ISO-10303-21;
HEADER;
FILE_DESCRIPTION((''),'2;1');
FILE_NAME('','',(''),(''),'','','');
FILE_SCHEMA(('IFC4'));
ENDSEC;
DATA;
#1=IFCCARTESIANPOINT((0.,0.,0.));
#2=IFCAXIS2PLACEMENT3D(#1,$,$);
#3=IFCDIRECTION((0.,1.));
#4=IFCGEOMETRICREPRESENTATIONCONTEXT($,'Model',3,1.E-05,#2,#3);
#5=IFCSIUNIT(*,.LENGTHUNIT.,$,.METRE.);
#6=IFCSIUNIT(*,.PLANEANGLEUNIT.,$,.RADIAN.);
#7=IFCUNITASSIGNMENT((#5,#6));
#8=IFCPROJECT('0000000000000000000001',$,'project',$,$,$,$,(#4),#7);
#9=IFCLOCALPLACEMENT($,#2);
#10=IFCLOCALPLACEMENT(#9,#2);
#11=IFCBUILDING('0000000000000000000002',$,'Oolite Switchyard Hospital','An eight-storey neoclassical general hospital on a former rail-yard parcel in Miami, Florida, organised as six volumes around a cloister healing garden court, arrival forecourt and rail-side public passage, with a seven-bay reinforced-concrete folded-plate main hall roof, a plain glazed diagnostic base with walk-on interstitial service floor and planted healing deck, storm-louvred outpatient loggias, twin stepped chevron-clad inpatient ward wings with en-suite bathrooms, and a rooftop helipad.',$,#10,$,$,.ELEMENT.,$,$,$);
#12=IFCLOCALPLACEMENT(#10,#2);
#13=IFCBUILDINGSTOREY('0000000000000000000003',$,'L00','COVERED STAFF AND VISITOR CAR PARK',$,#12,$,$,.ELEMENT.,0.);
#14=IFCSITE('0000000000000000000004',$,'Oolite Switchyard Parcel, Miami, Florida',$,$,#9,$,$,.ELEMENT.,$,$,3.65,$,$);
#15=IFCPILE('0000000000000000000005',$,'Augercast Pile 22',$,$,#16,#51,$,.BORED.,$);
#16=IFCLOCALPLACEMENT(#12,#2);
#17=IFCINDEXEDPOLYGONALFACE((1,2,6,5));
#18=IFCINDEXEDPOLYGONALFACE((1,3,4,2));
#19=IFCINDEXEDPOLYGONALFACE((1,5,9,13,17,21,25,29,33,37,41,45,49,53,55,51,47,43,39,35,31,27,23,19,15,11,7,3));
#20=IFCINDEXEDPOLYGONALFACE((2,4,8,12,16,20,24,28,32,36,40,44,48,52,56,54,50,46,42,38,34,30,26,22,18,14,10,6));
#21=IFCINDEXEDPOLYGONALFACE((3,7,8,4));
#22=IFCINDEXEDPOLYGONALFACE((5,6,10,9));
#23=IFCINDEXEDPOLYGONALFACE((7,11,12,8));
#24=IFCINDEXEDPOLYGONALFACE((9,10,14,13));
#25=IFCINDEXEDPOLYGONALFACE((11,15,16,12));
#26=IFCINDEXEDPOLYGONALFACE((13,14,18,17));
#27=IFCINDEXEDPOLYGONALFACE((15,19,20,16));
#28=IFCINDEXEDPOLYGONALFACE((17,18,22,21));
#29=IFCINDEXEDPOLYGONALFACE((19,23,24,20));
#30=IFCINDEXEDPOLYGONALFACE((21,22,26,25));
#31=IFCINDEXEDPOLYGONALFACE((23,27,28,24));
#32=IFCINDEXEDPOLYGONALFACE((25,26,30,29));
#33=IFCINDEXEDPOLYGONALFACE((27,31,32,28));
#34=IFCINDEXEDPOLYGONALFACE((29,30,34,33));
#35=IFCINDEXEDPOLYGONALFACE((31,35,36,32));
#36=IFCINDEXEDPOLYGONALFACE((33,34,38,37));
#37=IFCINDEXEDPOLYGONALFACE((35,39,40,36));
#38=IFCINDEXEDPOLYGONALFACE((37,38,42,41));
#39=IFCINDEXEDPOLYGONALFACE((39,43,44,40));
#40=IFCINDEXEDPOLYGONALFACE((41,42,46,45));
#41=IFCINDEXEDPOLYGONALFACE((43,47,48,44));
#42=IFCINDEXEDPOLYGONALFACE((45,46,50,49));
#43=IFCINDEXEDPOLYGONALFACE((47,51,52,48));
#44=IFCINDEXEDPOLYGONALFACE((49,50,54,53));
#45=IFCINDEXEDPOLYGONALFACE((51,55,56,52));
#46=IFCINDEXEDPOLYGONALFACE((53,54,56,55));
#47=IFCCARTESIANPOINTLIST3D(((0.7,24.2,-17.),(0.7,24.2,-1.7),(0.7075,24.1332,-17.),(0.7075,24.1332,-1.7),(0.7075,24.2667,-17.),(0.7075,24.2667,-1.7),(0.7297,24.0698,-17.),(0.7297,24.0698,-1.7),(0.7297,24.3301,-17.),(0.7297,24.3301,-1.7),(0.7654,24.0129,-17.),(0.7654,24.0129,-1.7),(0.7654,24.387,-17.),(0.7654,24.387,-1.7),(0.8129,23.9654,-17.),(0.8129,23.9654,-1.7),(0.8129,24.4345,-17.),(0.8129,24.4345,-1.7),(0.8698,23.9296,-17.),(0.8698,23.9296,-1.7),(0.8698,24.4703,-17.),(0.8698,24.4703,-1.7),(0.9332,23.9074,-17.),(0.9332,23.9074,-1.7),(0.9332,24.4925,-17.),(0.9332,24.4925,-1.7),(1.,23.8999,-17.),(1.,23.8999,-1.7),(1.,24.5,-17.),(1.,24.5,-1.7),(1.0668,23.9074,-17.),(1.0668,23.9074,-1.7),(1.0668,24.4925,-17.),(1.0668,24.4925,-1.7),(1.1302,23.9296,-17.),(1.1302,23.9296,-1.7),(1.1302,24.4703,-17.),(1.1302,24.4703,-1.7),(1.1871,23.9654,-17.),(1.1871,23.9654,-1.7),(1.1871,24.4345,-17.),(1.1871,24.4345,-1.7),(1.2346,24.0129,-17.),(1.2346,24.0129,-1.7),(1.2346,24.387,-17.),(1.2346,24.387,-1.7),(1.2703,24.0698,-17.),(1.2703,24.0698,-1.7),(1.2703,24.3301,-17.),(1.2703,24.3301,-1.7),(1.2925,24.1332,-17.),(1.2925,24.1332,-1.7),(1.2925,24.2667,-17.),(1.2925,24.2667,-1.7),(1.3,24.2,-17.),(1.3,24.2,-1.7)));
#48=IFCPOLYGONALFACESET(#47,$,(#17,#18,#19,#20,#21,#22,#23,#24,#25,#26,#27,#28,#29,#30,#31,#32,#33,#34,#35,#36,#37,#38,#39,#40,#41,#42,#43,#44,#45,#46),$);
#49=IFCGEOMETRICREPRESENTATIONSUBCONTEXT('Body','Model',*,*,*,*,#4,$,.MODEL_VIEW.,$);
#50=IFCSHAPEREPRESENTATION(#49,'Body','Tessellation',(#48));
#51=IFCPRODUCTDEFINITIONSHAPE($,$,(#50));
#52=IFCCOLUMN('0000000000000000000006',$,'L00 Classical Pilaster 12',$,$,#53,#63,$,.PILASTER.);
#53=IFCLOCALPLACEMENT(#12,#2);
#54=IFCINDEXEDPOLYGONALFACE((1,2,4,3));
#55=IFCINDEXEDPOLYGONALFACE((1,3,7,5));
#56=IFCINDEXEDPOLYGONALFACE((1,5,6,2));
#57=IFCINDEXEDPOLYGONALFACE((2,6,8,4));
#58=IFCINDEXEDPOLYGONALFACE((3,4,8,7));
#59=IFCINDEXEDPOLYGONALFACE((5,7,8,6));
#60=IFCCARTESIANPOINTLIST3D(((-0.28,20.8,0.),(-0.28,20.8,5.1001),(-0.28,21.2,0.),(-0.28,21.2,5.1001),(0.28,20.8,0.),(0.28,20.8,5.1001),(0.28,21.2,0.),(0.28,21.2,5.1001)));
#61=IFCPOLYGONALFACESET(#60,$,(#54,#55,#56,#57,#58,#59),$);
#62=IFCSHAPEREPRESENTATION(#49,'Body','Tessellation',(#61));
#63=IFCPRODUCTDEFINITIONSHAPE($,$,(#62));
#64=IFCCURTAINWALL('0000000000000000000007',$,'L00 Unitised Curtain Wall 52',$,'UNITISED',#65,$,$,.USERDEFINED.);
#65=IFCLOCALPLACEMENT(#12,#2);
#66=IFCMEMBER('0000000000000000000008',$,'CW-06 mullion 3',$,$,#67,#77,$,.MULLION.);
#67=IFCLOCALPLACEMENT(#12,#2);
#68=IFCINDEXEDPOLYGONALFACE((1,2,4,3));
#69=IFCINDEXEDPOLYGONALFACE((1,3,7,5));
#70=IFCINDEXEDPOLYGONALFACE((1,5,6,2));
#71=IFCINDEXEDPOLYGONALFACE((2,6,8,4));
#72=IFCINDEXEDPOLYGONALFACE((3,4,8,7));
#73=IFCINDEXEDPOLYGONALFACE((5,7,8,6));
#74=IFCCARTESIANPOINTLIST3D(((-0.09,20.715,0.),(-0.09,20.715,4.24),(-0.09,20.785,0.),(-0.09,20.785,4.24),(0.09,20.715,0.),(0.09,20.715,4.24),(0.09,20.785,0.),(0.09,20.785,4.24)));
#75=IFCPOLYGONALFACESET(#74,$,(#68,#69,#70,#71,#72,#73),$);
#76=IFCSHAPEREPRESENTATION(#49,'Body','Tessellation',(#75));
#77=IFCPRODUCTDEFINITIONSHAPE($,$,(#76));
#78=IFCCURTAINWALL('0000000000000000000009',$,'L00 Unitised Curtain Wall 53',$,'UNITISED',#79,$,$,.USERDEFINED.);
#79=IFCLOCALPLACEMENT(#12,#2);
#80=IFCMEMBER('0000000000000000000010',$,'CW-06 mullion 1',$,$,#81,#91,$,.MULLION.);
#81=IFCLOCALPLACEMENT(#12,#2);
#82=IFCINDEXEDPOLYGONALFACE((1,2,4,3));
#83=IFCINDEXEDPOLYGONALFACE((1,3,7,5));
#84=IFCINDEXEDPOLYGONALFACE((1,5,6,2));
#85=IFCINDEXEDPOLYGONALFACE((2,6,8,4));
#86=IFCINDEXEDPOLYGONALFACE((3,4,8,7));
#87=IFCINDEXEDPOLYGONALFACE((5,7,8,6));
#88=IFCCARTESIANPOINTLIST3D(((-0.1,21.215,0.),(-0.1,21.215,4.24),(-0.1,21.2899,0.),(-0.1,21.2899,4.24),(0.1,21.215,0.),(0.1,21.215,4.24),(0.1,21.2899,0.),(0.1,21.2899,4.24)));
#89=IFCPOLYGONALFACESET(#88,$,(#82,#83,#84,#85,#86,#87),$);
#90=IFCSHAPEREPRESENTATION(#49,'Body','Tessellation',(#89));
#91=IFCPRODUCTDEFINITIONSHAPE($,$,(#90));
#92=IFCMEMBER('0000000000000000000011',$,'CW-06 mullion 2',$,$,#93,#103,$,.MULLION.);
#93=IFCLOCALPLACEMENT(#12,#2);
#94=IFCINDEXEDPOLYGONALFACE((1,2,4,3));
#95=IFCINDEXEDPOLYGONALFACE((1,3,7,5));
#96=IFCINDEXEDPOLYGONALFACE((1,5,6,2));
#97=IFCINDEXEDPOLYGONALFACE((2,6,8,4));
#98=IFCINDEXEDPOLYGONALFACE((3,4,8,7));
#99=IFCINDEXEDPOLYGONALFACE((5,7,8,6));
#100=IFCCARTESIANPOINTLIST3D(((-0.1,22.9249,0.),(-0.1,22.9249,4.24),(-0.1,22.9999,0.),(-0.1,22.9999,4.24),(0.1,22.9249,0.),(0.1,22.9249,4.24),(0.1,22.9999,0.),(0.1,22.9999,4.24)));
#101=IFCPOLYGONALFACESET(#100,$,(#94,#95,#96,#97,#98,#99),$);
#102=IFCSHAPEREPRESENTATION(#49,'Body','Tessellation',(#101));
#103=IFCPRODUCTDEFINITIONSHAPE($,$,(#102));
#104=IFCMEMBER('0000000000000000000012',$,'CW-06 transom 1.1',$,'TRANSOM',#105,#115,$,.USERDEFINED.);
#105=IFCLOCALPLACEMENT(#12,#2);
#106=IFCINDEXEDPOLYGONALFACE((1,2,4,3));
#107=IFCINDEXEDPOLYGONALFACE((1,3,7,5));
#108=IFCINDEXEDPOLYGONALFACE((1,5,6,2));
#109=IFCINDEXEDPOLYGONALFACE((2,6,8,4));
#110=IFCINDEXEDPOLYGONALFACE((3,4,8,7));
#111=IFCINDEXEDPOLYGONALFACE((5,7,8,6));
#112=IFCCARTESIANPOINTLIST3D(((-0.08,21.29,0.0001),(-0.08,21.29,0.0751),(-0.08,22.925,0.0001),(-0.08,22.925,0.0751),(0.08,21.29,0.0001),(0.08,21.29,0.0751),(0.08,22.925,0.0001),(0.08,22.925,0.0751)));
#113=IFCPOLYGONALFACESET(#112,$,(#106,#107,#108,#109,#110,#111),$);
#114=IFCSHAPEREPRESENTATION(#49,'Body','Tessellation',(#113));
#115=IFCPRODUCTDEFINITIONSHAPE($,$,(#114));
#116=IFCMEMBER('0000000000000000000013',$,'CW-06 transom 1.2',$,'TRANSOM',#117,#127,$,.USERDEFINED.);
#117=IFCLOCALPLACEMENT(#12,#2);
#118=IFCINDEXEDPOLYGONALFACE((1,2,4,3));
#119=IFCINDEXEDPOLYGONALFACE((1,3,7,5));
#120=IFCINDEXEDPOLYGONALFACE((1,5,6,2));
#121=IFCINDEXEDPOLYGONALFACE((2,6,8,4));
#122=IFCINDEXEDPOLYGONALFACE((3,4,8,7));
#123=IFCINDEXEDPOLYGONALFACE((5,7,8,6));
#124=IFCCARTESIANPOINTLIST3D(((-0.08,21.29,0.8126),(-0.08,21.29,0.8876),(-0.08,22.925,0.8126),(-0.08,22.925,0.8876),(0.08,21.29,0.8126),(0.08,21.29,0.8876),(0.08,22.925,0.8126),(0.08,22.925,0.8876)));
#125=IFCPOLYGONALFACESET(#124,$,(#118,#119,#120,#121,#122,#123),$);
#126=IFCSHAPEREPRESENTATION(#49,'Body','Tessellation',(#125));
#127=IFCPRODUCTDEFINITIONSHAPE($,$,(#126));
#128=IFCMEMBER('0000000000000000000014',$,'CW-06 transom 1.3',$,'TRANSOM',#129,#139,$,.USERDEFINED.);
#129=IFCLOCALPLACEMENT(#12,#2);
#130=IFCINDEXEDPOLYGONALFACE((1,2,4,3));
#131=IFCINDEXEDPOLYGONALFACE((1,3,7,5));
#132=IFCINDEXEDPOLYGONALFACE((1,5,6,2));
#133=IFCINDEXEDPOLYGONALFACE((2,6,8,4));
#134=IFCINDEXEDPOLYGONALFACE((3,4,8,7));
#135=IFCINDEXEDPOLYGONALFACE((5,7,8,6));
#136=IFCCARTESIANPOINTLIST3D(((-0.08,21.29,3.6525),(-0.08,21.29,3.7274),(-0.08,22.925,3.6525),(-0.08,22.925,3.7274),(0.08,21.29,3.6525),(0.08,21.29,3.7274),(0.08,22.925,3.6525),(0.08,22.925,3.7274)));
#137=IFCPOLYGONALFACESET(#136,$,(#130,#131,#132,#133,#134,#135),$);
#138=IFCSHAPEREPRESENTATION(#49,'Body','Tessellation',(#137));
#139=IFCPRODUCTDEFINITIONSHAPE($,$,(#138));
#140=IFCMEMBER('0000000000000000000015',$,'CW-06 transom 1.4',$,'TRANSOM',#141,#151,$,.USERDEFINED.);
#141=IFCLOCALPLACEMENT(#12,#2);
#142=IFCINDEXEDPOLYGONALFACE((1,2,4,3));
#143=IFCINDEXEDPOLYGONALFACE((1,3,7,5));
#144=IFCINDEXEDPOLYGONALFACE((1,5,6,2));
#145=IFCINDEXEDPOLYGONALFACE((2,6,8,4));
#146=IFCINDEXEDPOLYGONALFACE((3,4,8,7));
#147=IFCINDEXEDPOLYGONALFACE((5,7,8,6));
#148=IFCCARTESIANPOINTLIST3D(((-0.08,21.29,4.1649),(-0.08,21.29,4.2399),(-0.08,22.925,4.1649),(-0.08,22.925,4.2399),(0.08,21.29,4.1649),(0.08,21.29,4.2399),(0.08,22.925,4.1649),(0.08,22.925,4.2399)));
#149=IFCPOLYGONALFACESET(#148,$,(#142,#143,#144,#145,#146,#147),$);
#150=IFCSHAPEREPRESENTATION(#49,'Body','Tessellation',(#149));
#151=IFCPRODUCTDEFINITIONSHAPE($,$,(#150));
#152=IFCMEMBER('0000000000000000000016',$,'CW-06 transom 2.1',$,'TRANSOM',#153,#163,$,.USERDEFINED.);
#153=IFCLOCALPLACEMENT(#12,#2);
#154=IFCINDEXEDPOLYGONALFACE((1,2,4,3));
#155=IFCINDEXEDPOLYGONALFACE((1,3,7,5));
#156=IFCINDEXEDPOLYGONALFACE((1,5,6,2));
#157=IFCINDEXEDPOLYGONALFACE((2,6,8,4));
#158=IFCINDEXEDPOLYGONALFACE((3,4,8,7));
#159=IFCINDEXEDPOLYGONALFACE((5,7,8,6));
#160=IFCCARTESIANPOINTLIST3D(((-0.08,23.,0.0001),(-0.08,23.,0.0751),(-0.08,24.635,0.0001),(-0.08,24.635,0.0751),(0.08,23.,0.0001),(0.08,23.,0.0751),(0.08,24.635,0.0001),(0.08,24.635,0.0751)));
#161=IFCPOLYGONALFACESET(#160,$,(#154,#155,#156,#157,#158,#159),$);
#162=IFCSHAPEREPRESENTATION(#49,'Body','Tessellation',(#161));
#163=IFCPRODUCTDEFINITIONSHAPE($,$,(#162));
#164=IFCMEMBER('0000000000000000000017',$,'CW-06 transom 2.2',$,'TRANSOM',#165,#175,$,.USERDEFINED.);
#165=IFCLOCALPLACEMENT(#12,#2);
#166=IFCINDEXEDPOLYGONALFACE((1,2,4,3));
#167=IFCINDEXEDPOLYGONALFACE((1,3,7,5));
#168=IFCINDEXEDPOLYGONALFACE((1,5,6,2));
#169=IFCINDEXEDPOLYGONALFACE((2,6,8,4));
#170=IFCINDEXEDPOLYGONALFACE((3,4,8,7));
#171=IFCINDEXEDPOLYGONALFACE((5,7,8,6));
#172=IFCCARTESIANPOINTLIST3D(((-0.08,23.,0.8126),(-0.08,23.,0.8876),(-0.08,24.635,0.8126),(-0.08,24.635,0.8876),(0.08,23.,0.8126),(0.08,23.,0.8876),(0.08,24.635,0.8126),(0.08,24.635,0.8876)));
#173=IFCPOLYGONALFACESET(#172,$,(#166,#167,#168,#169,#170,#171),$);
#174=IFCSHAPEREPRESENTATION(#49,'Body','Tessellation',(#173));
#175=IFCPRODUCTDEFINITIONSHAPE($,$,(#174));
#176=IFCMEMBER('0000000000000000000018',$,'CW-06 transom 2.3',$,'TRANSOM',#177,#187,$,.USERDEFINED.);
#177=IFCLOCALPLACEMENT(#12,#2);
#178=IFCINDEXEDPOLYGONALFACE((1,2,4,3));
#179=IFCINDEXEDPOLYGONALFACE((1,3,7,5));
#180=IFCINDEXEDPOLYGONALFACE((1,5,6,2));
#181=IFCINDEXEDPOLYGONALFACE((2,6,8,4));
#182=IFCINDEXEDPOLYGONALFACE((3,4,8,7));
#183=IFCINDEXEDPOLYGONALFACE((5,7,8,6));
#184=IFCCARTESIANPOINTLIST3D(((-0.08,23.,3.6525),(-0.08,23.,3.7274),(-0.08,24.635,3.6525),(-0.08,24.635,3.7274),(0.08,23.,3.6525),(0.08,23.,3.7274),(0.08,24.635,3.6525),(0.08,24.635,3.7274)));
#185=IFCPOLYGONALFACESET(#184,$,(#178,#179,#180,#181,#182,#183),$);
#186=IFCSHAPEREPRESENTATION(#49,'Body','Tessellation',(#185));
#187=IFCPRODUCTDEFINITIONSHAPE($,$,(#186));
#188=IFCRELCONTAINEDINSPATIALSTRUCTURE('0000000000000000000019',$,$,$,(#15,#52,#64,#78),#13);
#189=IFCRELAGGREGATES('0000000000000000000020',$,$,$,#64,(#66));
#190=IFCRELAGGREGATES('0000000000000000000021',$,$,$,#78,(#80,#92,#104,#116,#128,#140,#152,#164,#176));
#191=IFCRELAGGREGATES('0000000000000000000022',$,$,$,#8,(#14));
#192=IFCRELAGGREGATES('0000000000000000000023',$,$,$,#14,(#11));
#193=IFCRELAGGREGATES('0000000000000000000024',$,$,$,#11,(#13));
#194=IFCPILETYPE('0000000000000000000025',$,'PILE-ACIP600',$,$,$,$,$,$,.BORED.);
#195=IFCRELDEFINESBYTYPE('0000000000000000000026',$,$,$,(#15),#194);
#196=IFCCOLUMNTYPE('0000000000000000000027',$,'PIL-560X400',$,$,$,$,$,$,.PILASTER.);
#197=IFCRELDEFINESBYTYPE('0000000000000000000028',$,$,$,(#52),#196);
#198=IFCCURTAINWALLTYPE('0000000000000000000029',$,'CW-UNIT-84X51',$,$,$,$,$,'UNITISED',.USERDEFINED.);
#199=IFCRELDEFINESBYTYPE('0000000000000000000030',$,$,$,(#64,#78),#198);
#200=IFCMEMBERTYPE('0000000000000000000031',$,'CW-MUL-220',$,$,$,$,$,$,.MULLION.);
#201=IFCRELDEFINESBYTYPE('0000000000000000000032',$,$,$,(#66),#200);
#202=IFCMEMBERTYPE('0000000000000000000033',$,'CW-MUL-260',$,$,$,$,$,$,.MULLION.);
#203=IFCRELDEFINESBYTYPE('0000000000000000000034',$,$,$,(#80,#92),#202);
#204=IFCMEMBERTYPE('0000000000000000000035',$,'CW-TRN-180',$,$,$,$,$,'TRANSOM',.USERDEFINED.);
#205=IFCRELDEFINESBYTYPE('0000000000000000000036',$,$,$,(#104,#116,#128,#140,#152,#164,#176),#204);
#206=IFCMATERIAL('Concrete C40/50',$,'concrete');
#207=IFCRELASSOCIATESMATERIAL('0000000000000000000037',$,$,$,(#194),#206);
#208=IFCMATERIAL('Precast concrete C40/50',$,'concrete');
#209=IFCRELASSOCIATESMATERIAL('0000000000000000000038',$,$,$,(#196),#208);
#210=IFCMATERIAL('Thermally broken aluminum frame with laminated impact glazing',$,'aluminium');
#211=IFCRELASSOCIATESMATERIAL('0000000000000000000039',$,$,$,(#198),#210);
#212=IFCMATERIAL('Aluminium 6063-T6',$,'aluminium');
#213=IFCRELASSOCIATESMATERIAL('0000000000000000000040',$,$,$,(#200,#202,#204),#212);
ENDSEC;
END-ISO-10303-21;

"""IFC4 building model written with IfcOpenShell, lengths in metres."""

from ifc_helpers import new_model, si_unit, direction, frame, origin, origin_2d, place, context, subcontext, project, spatial, rectangle, circle, extrude, material, material_profile, profile_set, type_object, element, aggregate, save


model = new_model("IFC4")

# Units and contexts
model_context = context("Model", 3, precision=1e-05, world=origin(), true_north=direction((0.0, 1.0)))
body_context = subcontext(model_context, "Body", "Model", "MODEL_VIEW")
ifc_project = project(units=[si_unit("LENGTHUNIT", "METRE"), si_unit("PLANEANGLEUNIT", "RADIAN")], contexts=[model_context])

# Site, building, storey
site_placement = place(None, origin())
site = spatial("IfcSite", under=ifc_project, at=site_placement, Name="Oolite Switchyard Parcel, Miami, Florida", CompositionType="ELEMENT", RefElevation=3.65)
building_placement = place(site_placement, origin())
building = spatial("IfcBuilding", under=site, at=building_placement, Name="Oolite Switchyard Hospital", Description="An eight-storey neoclassical general hospital on a former rail-yard parcel in Miami, Florida, organised as six volumes around a cloister healing garden court, arrival forecourt and rail-side public passage, with a seven-bay reinforced-concrete folded-plate main hall roof, a plain glazed diagnostic base with walk-on interstitial service floor and planted healing deck, storm-louvred outpatient loggias, twin stepped chevron-clad inpatient ward wings with en-suite bathrooms, and a rooftop helipad.", CompositionType="ELEMENT")
storey_placement = place(building_placement, origin())
storey = spatial("IfcBuildingStorey", under=building, at=storey_placement, Name="L00", Description="COVERED STAFF AND VISITOR CAR PARK", CompositionType="ELEMENT", Elevation=0.0)

# Shared definitions
ifc_material_1 = material(Name="Concrete C40/50", Category="concrete")

# Pile
ifc_material_profile_1 = material_profile(ifc_material_1, circle(Radius=0.3, at=origin_2d()), Name="PILE600")
ifc_profile_set_1 = profile_set([ifc_material_profile_1], Name="Concrete C40/50")
pile_type = type_object("IfcPileType", Name="PILE-ACIP600", PredefinedType="BORED", material=ifc_profile_set_1)
for number, where, z_axis, x_axis, name in (
    (1, (1.0, 24.2, -1.7), (0.0, 0.0, -1.0), (1.0, 0.0, 0.0), "Augercast Pile 22"),
):
    element("IfcPile", number, at=place(storey_placement, frame(where, z_axis=z_axis, x_axis=x_axis)), inside=storey, type_object=pile_type, Name=name, PredefinedType="BORED", context=body_context, shape_type="SweptSolid", body=[
        extrude(circle(Radius=0.3, at=origin_2d()), origin(), (0.0, 0.0, 1.0), 15.3),
    ])

# Column
ifc_material_2 = material(Name="Precast concrete C40/50", Category="concrete")
ifc_material_profile_2 = material_profile(ifc_material_2, rectangle(XDim=0.5601, YDim=0.3999, at=origin_2d()), Name="PIL560X400")
ifc_profile_set_2 = profile_set([ifc_material_profile_2], Name="Precast concrete C40/50")
column_type = type_object("IfcColumnType", Name="PIL-560X400", PredefinedType="PILASTER", material=ifc_profile_set_2)
column_placement = place(storey_placement, frame((0.0, 21.0, 0.0), z_axis=(0.0, 0.0, 1.0), x_axis=(1.0, 0.0, 0.0)))
element("IfcColumn", 2, at=column_placement, inside=storey, type_object=column_type, Name="L00 Classical Pilaster 12", PredefinedType="PILASTER", context=body_context, shape_type="SweptSolid", body=[
    extrude(rectangle(XDim=0.5601, YDim=0.3999, at=origin_2d()), origin(), (0.0, 0.0, 1.0), 5.1001),
])

# Curtain wall, member
ifc_material_3 = material(Name="Thermally broken aluminum frame with laminated impact glazing", Category="aluminium")
curtain_wall_type = type_object("IfcCurtainWallType", Name="CW-UNIT-84X51", ElementType="UNITISED", PredefinedType="USERDEFINED", material=ifc_material_3)
curtain_wall_1_placement = place(storey_placement, origin())
curtain_wall_1 = element("IfcCurtainWall", 3, at=curtain_wall_1_placement, inside=storey, type_object=curtain_wall_type, Name="L00 Unitised Curtain Wall 52", ObjectType="UNITISED", PredefinedType="USERDEFINED")
ifc_material_4 = material(Name="Aluminium 6063-T6", Category="aluminium")
ifc_material_profile_3 = material_profile(ifc_material_4, rectangle(XDim=0.1799, YDim=0.0701, at=origin_2d()), Name="CWM70X180")
ifc_profile_set_3 = profile_set([ifc_material_profile_3], Name="Aluminium 6063-T6")
member_type_1 = type_object("IfcMemberType", Name="CW-MUL-220", PredefinedType="MULLION", material=ifc_profile_set_3)
member_1_placement = place(storey_placement, frame((0.0, 20.75, 0.0), z_axis=(0.0, 0.0, 1.0), x_axis=(-1.0, 0.0, 0.0)))
member_1 = element("IfcMember", 4, at=member_1_placement, type_object=member_type_1, Name="CW-06 mullion 3", PredefinedType="MULLION", context=body_context, shape_type="SweptSolid", body=[
    extrude(rectangle(XDim=0.1799, YDim=0.0701, at=origin_2d()), origin(), (0.0, 0.0, 1.0), 4.24),
])

# Curtain wall, members
curtain_wall_2_placement = place(storey_placement, origin())
curtain_wall_2 = element("IfcCurtainWall", 5, at=curtain_wall_2_placement, inside=storey, type_object=curtain_wall_type, Name="L00 Unitised Curtain Wall 53", ObjectType="UNITISED", PredefinedType="USERDEFINED")
ifc_material_profile_4 = material_profile(ifc_material_4, rectangle(XDim=0.2, YDim=0.075, at=origin_2d()), Name="CWM75X200")
ifc_profile_set_4 = profile_set([ifc_material_profile_4], Name="Aluminium 6063-T6")
member_type_2 = type_object("IfcMemberType", Name="CW-MUL-260", PredefinedType="MULLION", material=ifc_profile_set_4)
member_2_placement = place(storey_placement, frame((0.0, 21.2524, 0.0), z_axis=(0.0, 0.0, 1.0), x_axis=(-1.0, 0.0, 0.0)))
member_2 = element("IfcMember", 6, at=member_2_placement, type_object=member_type_2, Name="CW-06 mullion 1", PredefinedType="MULLION", context=body_context, shape_type="SweptSolid", body=[
    extrude(rectangle(XDim=0.2, YDim=0.075, at=origin_2d()), origin(), (0.0, 0.0, 1.0), 4.24),
])
member_3_placement = place(storey_placement, frame((0.0, 22.9624, 0.0), z_axis=(0.0, 0.0, 1.0), x_axis=(-1.0, 0.0, 0.0)))
member_3 = element("IfcMember", 7, at=member_3_placement, type_object=member_type_2, Name="CW-06 mullion 2", PredefinedType="MULLION", context=body_context, shape_type="SweptSolid", body=[
    extrude(rectangle(XDim=0.2, YDim=0.075, at=origin_2d()), origin(), (0.0, 0.0, 1.0), 4.24),
])
ifc_material_profile_5 = material_profile(ifc_material_4, rectangle(XDim=0.1599, YDim=0.075, at=origin_2d()), Name="CWT75X160")
ifc_profile_set_5 = profile_set([ifc_material_profile_5], Name="Aluminium 6063-T6")
member_type_3 = type_object("IfcMemberType", Name="CW-TRN-180", ElementType="TRANSOM", PredefinedType="USERDEFINED", material=ifc_profile_set_5)
member_4_placement = place(storey_placement, frame((0.0, 21.29, 0.0376), z_axis=(0.0, 1.0, 0.0), x_axis=(-1.0, 0.0, 0.0)))
member_4 = element("IfcMember", 8, at=member_4_placement, type_object=member_type_3, Name="CW-06 transom 1.1", ObjectType="TRANSOM", PredefinedType="USERDEFINED", context=body_context, shape_type="SweptSolid", body=[
    extrude(rectangle(XDim=0.1599, YDim=0.075, at=origin_2d()), origin(), (0.0, 0.0, 1.0), 1.635),
])
member_5_placement = place(storey_placement, frame((0.0, 21.29, 0.8501), z_axis=(0.0, 1.0, 0.0), x_axis=(-1.0, 0.0, 0.0)))
member_5 = element("IfcMember", 9, at=member_5_placement, type_object=member_type_3, Name="CW-06 transom 1.2", ObjectType="TRANSOM", PredefinedType="USERDEFINED", context=body_context, shape_type="SweptSolid", body=[
    extrude(rectangle(XDim=0.1599, YDim=0.075, at=origin_2d()), origin(), (0.0, 0.0, 1.0), 1.635),
])
member_6_placement = place(storey_placement, frame((0.0, 21.29, 3.6899), z_axis=(0.0, 1.0, 0.0), x_axis=(-1.0, 0.0, 0.0)))
member_6 = element("IfcMember", 10, at=member_6_placement, type_object=member_type_3, Name="CW-06 transom 1.3", ObjectType="TRANSOM", PredefinedType="USERDEFINED", context=body_context, shape_type="SweptSolid", body=[
    extrude(rectangle(XDim=0.1599, YDim=0.075, at=origin_2d()), origin(), (0.0, 0.0, 1.0), 1.635),
])
member_7_placement = place(storey_placement, frame((0.0, 21.29, 4.2024), z_axis=(0.0, 1.0, 0.0), x_axis=(-1.0, 0.0, 0.0)))
member_7 = element("IfcMember", 11, at=member_7_placement, type_object=member_type_3, Name="CW-06 transom 1.4", ObjectType="TRANSOM", PredefinedType="USERDEFINED", context=body_context, shape_type="SweptSolid", body=[
    extrude(rectangle(XDim=0.1599, YDim=0.075, at=origin_2d()), origin(), (0.0, 0.0, 1.0), 1.635),
])
member_8_placement = place(storey_placement, frame((0.0, 23.0, 0.0376), z_axis=(0.0, 1.0, 0.0), x_axis=(-1.0, 0.0, 0.0)))
member_8 = element("IfcMember", 12, at=member_8_placement, type_object=member_type_3, Name="CW-06 transom 2.1", ObjectType="TRANSOM", PredefinedType="USERDEFINED", context=body_context, shape_type="SweptSolid", body=[
    extrude(rectangle(XDim=0.1599, YDim=0.075, at=origin_2d()), origin(), (0.0, 0.0, 1.0), 1.635),
])
member_9_placement = place(storey_placement, frame((0.0, 23.0, 0.8501), z_axis=(0.0, 1.0, 0.0), x_axis=(-1.0, 0.0, 0.0)))
member_9 = element("IfcMember", 13, at=member_9_placement, type_object=member_type_3, Name="CW-06 transom 2.2", ObjectType="TRANSOM", PredefinedType="USERDEFINED", context=body_context, shape_type="SweptSolid", body=[
    extrude(rectangle(XDim=0.1599, YDim=0.075, at=origin_2d()), origin(), (0.0, 0.0, 1.0), 1.635),
])
member_10_placement = place(storey_placement, frame((0.0, 23.0, 3.6899), z_axis=(0.0, 1.0, 0.0), x_axis=(-1.0, 0.0, 0.0)))
member_10 = element("IfcMember", 14, at=member_10_placement, type_object=member_type_3, Name="CW-06 transom 2.3", ObjectType="TRANSOM", PredefinedType="USERDEFINED", context=body_context, shape_type="SweptSolid", body=[
    extrude(rectangle(XDim=0.1599, YDim=0.075, at=origin_2d()), origin(), (0.0, 0.0, 1.0), 1.635),
])

aggregate(curtain_wall_1, [member_1])
aggregate(curtain_wall_2, [member_2, member_3, member_4, member_5, member_6, member_7, member_8, member_9, member_10])

save(model, "model.ifc")
